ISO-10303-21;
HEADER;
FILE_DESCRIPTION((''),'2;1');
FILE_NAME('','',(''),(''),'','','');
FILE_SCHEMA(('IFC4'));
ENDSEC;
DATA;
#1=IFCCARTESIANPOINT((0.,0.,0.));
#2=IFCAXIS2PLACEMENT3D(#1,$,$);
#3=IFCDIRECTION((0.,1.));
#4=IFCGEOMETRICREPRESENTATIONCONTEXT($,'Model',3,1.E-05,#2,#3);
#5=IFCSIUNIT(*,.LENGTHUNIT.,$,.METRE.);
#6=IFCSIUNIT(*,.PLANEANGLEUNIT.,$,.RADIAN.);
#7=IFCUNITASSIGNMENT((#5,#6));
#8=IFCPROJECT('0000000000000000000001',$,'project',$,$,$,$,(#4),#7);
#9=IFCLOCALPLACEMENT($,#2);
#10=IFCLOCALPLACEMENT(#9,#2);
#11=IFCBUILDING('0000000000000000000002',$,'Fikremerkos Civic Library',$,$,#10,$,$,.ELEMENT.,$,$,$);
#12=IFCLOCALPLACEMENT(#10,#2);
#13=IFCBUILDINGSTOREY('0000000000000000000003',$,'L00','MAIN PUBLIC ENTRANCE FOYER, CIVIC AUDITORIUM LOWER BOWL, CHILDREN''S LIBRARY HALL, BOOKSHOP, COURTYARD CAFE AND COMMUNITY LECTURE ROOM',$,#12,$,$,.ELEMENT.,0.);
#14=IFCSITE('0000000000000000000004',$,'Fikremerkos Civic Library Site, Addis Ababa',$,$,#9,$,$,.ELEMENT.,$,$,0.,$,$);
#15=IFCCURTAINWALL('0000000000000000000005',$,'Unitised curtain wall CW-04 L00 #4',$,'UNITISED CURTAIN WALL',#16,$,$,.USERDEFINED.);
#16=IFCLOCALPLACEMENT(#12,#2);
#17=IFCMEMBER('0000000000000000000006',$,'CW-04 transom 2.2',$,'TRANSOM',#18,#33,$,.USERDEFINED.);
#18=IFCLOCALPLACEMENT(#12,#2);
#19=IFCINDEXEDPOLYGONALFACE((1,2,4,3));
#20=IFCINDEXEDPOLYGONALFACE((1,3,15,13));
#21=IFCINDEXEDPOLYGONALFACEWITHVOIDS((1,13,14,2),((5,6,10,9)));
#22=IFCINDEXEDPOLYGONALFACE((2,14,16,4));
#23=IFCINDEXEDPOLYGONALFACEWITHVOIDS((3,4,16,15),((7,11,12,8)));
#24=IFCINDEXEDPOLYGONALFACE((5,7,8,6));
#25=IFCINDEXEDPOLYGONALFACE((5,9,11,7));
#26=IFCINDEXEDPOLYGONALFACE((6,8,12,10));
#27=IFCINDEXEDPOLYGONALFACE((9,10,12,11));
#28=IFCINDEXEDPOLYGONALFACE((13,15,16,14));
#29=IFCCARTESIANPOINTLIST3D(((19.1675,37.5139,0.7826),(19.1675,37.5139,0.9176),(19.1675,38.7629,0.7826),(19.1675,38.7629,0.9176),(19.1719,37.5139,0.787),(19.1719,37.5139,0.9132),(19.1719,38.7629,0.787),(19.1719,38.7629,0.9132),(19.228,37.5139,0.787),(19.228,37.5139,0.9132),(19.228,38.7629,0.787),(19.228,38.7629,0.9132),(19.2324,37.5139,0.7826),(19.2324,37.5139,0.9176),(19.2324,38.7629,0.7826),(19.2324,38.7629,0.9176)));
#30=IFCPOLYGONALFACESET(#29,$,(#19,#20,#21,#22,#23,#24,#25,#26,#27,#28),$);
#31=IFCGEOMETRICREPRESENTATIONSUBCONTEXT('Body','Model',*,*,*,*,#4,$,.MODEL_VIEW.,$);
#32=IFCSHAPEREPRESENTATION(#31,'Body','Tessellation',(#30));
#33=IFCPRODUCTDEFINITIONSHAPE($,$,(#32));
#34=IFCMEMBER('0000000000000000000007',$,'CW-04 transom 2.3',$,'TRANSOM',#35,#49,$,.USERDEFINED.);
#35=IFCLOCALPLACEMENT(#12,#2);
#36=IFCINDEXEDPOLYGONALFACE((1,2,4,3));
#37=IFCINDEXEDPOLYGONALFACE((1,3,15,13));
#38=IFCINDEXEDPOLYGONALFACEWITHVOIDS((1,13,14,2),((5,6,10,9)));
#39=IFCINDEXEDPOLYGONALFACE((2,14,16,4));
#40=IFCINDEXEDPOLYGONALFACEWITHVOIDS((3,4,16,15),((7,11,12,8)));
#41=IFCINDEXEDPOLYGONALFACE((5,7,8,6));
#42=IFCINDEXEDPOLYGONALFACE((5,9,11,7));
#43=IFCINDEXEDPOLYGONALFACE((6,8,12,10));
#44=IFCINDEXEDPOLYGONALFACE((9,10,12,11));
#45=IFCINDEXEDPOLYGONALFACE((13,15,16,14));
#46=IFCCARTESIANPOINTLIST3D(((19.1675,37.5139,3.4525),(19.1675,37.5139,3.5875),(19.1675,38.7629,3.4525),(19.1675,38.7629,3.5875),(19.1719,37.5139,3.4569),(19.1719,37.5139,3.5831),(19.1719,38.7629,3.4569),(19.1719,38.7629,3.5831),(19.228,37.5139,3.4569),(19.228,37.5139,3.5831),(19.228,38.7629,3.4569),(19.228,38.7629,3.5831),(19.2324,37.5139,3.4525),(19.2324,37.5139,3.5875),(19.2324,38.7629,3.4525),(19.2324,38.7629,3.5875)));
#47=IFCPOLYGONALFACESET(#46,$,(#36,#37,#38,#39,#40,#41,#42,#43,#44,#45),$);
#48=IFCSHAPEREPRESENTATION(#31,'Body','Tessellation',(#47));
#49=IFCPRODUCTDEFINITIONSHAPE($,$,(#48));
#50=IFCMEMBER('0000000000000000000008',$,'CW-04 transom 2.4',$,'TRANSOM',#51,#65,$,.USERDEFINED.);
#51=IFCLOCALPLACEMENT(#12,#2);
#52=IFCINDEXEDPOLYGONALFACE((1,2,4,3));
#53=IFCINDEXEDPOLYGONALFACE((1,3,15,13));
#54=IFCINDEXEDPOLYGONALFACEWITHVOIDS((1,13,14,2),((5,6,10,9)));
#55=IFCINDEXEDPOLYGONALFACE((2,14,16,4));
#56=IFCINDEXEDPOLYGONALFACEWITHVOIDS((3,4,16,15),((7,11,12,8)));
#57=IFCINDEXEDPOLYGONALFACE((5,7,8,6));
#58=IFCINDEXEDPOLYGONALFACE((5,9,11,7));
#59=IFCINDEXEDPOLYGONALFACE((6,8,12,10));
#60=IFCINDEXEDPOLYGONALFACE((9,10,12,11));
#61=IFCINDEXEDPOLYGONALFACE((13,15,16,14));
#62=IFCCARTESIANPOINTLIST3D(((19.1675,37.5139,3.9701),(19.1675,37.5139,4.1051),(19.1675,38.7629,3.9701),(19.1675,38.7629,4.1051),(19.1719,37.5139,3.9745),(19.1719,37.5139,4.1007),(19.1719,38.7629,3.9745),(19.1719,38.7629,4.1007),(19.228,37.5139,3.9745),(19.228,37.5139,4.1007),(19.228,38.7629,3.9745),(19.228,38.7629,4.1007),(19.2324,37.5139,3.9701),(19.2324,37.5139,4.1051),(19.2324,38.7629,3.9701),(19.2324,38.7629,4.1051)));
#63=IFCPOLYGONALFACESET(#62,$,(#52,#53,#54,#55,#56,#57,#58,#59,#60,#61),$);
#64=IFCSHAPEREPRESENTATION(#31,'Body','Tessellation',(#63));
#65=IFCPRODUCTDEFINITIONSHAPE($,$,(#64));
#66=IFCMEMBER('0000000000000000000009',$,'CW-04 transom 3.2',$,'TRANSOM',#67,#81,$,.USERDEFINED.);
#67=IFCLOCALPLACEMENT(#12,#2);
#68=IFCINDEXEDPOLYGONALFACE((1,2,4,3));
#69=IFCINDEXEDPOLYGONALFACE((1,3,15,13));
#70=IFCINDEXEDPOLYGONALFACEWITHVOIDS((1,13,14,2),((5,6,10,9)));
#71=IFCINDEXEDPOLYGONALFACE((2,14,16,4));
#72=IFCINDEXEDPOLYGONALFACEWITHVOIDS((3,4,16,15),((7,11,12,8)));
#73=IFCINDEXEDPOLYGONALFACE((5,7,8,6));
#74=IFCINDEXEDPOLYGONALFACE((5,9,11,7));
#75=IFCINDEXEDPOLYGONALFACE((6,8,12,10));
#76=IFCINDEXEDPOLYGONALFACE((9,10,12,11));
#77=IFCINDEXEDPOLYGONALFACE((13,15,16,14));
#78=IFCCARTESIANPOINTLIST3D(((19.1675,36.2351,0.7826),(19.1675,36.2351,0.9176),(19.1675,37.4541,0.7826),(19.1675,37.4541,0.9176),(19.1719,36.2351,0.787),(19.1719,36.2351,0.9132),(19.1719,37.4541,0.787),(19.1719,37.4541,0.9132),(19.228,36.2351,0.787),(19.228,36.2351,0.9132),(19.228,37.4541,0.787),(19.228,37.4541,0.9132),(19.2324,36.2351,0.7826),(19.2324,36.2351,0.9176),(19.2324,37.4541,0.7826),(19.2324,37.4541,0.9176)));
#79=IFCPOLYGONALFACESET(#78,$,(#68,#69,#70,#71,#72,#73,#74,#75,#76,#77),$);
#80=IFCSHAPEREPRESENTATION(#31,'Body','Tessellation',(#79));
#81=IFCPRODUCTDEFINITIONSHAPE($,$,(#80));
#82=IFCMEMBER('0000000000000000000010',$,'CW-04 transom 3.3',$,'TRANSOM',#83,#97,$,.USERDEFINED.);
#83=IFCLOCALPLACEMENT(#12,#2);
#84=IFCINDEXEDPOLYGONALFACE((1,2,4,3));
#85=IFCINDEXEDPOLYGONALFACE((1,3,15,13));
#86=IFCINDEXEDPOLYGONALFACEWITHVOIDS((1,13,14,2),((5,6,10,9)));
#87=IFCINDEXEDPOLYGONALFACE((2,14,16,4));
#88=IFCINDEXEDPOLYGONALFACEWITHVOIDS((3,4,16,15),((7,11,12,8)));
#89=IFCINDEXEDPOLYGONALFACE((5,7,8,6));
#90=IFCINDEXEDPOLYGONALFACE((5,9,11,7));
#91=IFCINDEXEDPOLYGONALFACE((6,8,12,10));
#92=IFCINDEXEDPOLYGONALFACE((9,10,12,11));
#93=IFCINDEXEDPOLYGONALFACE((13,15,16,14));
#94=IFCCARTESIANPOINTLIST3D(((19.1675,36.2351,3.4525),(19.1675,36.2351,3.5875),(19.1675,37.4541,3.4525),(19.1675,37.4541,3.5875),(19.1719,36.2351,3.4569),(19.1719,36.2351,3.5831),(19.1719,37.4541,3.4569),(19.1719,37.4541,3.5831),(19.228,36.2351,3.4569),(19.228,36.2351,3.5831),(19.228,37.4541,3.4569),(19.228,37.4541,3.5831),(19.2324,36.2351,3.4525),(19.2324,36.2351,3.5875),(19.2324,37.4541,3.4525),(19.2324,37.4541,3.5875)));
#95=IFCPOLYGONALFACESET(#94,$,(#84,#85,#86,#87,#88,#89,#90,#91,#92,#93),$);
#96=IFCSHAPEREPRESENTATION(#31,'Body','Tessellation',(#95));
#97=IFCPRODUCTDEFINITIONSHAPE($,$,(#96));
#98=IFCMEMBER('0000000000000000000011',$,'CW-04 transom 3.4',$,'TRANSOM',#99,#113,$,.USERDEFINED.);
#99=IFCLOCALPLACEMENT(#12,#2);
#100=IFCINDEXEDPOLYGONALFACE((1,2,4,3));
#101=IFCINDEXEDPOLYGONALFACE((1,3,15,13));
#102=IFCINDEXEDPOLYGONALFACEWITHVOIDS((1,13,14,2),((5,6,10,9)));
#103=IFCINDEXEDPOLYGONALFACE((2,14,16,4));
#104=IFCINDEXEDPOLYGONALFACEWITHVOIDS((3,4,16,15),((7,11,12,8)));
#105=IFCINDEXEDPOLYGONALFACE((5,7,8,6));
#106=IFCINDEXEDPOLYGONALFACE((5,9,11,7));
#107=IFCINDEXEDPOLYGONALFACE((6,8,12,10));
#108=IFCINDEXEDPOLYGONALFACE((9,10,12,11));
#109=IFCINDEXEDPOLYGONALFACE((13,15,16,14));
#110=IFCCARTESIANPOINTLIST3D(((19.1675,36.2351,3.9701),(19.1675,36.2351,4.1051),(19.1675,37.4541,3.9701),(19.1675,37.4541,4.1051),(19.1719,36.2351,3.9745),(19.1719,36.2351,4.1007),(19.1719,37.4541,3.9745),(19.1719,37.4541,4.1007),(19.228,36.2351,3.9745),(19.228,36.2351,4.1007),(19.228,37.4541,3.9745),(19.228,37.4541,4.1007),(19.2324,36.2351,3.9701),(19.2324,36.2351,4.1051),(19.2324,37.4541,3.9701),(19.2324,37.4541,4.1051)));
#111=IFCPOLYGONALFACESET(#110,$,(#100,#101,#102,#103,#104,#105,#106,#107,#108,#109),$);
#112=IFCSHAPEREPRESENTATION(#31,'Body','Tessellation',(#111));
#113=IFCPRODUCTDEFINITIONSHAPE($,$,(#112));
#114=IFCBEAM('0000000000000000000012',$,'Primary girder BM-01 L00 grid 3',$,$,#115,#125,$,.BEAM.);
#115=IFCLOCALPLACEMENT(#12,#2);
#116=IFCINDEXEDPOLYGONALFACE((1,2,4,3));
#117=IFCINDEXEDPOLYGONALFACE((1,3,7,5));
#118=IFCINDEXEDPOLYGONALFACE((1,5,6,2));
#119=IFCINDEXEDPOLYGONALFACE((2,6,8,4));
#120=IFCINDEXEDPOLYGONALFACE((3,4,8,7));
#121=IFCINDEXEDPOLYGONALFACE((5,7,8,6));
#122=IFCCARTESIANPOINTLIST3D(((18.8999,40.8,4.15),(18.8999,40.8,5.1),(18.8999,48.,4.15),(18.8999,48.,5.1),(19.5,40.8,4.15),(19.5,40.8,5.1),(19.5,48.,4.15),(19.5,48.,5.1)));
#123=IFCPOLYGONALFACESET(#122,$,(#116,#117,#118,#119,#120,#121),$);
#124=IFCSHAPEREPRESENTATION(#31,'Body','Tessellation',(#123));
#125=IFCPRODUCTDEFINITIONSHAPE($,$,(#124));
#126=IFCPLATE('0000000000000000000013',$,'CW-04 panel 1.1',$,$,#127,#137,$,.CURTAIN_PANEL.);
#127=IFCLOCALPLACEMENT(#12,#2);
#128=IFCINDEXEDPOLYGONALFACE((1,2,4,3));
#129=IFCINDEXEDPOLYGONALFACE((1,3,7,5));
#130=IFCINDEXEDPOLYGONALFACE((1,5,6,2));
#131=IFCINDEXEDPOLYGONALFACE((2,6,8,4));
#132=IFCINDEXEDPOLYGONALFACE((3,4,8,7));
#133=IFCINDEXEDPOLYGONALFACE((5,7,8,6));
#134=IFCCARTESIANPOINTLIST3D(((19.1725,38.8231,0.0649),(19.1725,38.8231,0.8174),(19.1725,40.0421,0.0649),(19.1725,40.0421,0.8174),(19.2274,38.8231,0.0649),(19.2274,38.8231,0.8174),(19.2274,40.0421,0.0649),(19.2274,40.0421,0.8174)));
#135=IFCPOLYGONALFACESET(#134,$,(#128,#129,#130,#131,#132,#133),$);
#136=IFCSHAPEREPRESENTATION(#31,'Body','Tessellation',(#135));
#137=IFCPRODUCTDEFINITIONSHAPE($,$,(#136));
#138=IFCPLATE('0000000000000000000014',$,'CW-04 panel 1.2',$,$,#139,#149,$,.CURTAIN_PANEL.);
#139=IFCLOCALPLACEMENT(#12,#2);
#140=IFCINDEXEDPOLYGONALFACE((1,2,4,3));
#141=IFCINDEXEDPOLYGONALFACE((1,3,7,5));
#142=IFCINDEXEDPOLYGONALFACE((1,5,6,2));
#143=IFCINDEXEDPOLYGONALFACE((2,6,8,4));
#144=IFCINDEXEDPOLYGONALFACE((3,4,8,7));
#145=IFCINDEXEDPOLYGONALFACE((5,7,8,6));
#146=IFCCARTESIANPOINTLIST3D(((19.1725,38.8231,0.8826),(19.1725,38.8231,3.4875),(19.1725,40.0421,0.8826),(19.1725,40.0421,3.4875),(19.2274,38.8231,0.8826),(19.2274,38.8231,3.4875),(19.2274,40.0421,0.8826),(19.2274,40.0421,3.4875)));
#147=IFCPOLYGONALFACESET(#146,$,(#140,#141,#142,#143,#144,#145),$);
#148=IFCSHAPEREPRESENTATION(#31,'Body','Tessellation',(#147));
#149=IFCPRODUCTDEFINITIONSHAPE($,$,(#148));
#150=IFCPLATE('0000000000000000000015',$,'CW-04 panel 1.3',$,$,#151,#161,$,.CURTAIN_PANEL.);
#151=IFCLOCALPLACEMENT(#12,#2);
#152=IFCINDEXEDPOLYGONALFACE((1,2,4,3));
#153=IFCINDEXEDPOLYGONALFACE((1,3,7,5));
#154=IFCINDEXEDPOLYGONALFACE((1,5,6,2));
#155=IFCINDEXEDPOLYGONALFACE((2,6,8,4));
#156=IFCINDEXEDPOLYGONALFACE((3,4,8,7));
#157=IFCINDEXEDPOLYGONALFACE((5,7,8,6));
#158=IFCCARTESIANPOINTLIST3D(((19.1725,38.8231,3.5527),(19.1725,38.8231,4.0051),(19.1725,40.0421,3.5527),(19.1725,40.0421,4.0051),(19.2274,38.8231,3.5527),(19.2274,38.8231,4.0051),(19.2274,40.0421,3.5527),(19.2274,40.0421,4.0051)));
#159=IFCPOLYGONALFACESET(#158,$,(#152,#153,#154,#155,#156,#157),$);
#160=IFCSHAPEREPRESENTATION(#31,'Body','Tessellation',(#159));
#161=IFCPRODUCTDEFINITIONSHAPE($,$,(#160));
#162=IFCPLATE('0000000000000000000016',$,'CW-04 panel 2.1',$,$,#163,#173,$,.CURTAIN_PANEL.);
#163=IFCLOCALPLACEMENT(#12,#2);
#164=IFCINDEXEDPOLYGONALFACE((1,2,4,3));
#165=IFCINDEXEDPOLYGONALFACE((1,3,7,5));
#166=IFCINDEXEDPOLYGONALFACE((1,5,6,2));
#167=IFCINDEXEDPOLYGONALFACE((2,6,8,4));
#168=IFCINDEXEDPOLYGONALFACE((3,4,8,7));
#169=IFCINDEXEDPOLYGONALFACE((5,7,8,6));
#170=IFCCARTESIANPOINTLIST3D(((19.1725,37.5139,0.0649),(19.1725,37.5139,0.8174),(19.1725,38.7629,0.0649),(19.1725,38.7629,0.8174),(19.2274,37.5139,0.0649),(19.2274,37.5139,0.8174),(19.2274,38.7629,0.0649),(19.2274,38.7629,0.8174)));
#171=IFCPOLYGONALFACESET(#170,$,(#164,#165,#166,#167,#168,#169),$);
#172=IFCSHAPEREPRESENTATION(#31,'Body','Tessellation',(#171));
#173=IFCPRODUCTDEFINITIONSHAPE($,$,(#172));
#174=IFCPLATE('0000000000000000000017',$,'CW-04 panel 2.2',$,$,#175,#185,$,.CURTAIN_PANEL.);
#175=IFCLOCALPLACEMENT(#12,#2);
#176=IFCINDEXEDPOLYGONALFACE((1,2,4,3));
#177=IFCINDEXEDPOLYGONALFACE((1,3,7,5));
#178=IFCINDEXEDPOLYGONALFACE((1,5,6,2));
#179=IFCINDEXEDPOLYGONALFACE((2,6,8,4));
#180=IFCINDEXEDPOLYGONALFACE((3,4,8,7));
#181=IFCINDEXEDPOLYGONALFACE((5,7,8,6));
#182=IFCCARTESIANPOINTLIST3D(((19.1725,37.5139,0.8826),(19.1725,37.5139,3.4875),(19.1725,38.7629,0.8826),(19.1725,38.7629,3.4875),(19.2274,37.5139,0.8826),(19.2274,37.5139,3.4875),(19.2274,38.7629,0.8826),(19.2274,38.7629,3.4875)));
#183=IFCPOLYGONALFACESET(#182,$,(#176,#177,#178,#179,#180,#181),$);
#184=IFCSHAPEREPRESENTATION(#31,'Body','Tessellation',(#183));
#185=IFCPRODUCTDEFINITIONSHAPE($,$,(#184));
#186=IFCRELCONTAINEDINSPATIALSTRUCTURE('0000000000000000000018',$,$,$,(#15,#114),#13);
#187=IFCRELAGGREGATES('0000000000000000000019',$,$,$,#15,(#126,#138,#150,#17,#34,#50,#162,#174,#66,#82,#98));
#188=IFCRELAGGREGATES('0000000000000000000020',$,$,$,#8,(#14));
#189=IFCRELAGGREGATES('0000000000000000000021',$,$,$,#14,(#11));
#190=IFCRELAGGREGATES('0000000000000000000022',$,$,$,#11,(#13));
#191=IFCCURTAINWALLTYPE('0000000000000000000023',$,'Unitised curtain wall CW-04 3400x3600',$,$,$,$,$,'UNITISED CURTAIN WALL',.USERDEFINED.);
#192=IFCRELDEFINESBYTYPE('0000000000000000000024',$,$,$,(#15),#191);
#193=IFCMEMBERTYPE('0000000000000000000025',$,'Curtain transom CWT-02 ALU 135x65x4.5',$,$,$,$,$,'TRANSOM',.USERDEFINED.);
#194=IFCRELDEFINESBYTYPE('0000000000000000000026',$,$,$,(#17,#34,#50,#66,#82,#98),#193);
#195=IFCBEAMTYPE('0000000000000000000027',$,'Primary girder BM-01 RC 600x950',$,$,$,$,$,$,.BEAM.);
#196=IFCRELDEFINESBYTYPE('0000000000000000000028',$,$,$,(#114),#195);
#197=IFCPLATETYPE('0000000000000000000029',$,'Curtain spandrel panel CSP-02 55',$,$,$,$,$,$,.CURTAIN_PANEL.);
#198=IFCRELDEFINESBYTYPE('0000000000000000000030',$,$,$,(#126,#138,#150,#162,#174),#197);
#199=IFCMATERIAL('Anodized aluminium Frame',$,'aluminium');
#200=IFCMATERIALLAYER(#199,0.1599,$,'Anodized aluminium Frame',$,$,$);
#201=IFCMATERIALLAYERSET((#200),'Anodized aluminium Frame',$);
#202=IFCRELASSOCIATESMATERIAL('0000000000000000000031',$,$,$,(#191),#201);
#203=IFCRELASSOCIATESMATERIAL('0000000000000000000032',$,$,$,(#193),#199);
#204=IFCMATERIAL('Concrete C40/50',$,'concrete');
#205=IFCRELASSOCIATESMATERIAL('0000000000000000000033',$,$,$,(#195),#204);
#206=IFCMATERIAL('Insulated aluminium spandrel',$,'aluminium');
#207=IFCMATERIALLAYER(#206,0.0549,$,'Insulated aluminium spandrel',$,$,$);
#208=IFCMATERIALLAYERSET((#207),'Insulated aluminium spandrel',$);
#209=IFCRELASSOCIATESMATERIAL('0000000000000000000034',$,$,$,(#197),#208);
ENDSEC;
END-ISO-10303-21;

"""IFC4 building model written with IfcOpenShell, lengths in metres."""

from ifc_helpers import new_model, si_unit, direction, frame, origin, origin_2d, place, context, subcontext, project, spatial, rectangle, hollow_rectangle, extrude, material, layer, layer_set, material_profile, profile_set, type_object, element, aggregate, save


model = new_model("IFC4")

# Units and contexts
model_context = context("Model", 3, precision=1e-05, world=origin(), true_north=direction((0.0, 1.0)))
body_context = subcontext(model_context, "Body", "Model", "MODEL_VIEW")
ifc_project = project(units=[si_unit("LENGTHUNIT", "METRE"), si_unit("PLANEANGLEUNIT", "RADIAN")], contexts=[model_context])

# Site, building, storey
site_placement = place(None, origin())
site = spatial("IfcSite", under=ifc_project, at=site_placement, Name="Fikremerkos Civic Library Site, Addis Ababa", CompositionType="ELEMENT", RefElevation=0.0)
building_placement = place(site_placement, origin())
building = spatial("IfcBuilding", under=site, at=building_placement, Name="Fikremerkos Civic Library", CompositionType="ELEMENT")
storey_placement = place(building_placement, origin())
storey = spatial("IfcBuildingStorey", under=building, at=storey_placement, Name="L00", Description="MAIN PUBLIC ENTRANCE FOYER, CIVIC AUDITORIUM LOWER BOWL, CHILDREN'S LIBRARY HALL, BOOKSHOP, COURTYARD CAFE AND COMMUNITY LECTURE ROOM", CompositionType="ELEMENT", Elevation=0.0)

# Shared definitions
ifc_material_1 = material(Name="Concrete C40/50", Category="concrete")

# Curtain wall, members
ifc_material_2 = material(Name="Anodized aluminium Frame", Category="aluminium")
ifc_layer_1 = layer(ifc_material_2, 0.1599, Name="Anodized aluminium Frame")
ifc_layer_set_1 = layer_set([ifc_layer_1], Name="Anodized aluminium Frame")
curtain_wall_type = type_object("IfcCurtainWallType", Name="Unitised curtain wall CW-04 3400x3600", ElementType="UNITISED CURTAIN WALL", PredefinedType="USERDEFINED", material=ifc_layer_set_1)
curtain_wall_placement = place(storey_placement, origin())
curtain_wall = element("IfcCurtainWall", 1, at=curtain_wall_placement, inside=storey, type_object=curtain_wall_type, Name="Unitised curtain wall CW-04 L00 #4", ObjectType="UNITISED CURTAIN WALL", PredefinedType="USERDEFINED")
ifc_material_profile_1 = material_profile(ifc_material_2, hollow_rectangle(XDim=0.0649, YDim=0.135, WallThickness=0.0044, at=origin_2d()), Name="ALU 135x65x4.5")
ifc_profile_set_1 = profile_set([ifc_material_profile_1], Name="Anodized aluminium Frame")
member_type_1 = type_object("IfcMemberType", Name="Curtain transom CWT-02 ALU 135x65x4.5", ElementType="TRANSOM", PredefinedType="USERDEFINED", material=ifc_profile_set_1)
member_1_placement = place(storey_placement, frame((19.2, 38.7629, 0.8501), z_axis=(0.0, -1.0, 0.0), x_axis=(1.0, 0.0, 0.0)))
member_1 = element("IfcMember", 2, at=member_1_placement, type_object=member_type_1, Name="CW-04 transom 2.2", ObjectType="TRANSOM", PredefinedType="USERDEFINED", context=body_context, shape_type="SweptSolid", body=[
    extrude(hollow_rectangle(XDim=0.0649, YDim=0.135, WallThickness=0.0044, at=origin_2d()), origin(), (0.0, 0.0, 1.0), 1.249),
])
member_2_placement = place(storey_placement, frame((19.2, 38.7629, 3.52), z_axis=(0.0, -1.0, 0.0), x_axis=(1.0, 0.0, 0.0)))
member_2 = element("IfcMember", 3, at=member_2_placement, type_object=member_type_1, Name="CW-04 transom 2.3", ObjectType="TRANSOM", PredefinedType="USERDEFINED", context=body_context, shape_type="SweptSolid", body=[
    extrude(hollow_rectangle(XDim=0.0649, YDim=0.135, WallThickness=0.0044, at=origin_2d()), origin(), (0.0, 0.0, 1.0), 1.249),
])
member_3_placement = place(storey_placement, frame((19.2, 38.7629, 4.0376), z_axis=(0.0, -1.0, 0.0), x_axis=(1.0, 0.0, 0.0)))
member_3 = element("IfcMember", 4, at=member_3_placement, type_object=member_type_1, Name="CW-04 transom 2.4", ObjectType="TRANSOM", PredefinedType="USERDEFINED", context=body_context, shape_type="SweptSolid", body=[
    extrude(hollow_rectangle(XDim=0.0649, YDim=0.135, WallThickness=0.0044, at=origin_2d()), origin(), (0.0, 0.0, 1.0), 1.249),
])
member_4_placement = place(storey_placement, frame((19.2, 37.4541, 0.8501), z_axis=(0.0, -1.0, 0.0), x_axis=(1.0, 0.0, 0.0)))
member_4 = element("IfcMember", 5, at=member_4_placement, type_object=member_type_1, Name="CW-04 transom 3.2", ObjectType="TRANSOM", PredefinedType="USERDEFINED", context=body_context, shape_type="SweptSolid", body=[
    extrude(hollow_rectangle(XDim=0.0649, YDim=0.135, WallThickness=0.0044, at=origin_2d()), origin(), (0.0, 0.0, 1.0), 1.219),
])
member_5_placement = place(storey_placement, frame((19.2, 37.4541, 3.52), z_axis=(0.0, -1.0, 0.0), x_axis=(1.0, 0.0, 0.0)))
member_5 = element("IfcMember", 6, at=member_5_placement, type_object=member_type_1, Name="CW-04 transom 3.3", ObjectType="TRANSOM", PredefinedType="USERDEFINED", context=body_context, shape_type="SweptSolid", body=[
    extrude(hollow_rectangle(XDim=0.0649, YDim=0.135, WallThickness=0.0044, at=origin_2d()), origin(), (0.0, 0.0, 1.0), 1.219),
])
member_6_placement = place(storey_placement, frame((19.2, 37.4541, 4.0376), z_axis=(0.0, -1.0, 0.0), x_axis=(1.0, 0.0, 0.0)))
member_6 = element("IfcMember", 7, at=member_6_placement, type_object=member_type_1, Name="CW-04 transom 3.4", ObjectType="TRANSOM", PredefinedType="USERDEFINED", context=body_context, shape_type="SweptSolid", body=[
    extrude(hollow_rectangle(XDim=0.0649, YDim=0.135, WallThickness=0.0044, at=origin_2d()), origin(), (0.0, 0.0, 1.0), 1.219),
])

# Beam
ifc_material_profile_2 = material_profile(ifc_material_1, rectangle(XDim=0.6001, YDim=0.95, at=origin_2d()), Name="RC 600x950")
ifc_profile_set_2 = profile_set([ifc_material_profile_2], Name="Concrete C40/50")
beam_type = type_object("IfcBeamType", Name="Primary girder BM-01 RC 600x950", PredefinedType="BEAM", material=ifc_profile_set_2)
beam_placement = place(storey_placement, frame((19.2, 40.8, 4.625), z_axis=(0.0, 1.0, 0.0), x_axis=(-1.0, 0.0, 0.0)))
element("IfcBeam", 8, at=beam_placement, inside=storey, type_object=beam_type, Name="Primary girder BM-01 L00 grid 3", PredefinedType="BEAM", context=body_context, shape_type="SweptSolid", body=[
    extrude(rectangle(XDim=0.6001, YDim=0.95, at=origin_2d()), origin(), (0.0, 0.0, 1.0), 7.2),
])

# Plates
ifc_material_3 = material(Name="Insulated aluminium spandrel", Category="aluminium")
ifc_layer_2 = layer(ifc_material_3, 0.0549, Name="Insulated aluminium spandrel")
ifc_layer_set_2 = layer_set([ifc_layer_2], Name="Insulated aluminium spandrel")
plate_type = type_object("IfcPlateType", Name="Curtain spandrel panel CSP-02 55", PredefinedType="CURTAIN_PANEL", material=ifc_layer_set_2)
plate_1_placement = place(storey_placement, frame((19.2, 39.4326, 0.0649), z_axis=(0.0, 0.0, 1.0), x_axis=(0.0, -1.0, 0.0)))
plate_1 = element("IfcPlate", 9, at=plate_1_placement, type_object=plate_type, Name="CW-04 panel 1.1", PredefinedType="CURTAIN_PANEL", context=body_context, shape_type="SweptSolid", body=[
    extrude(rectangle(XDim=1.219, YDim=0.0549, at=origin_2d()), origin(), (0.0, 0.0, 1.0), 0.7524),
])
plate_2_placement = place(storey_placement, frame((19.2, 39.4326, 0.8826), z_axis=(0.0, 0.0, 1.0), x_axis=(0.0, -1.0, 0.0)))
plate_2 = element("IfcPlate", 10, at=plate_2_placement, type_object=plate_type, Name="CW-04 panel 1.2", PredefinedType="CURTAIN_PANEL", context=body_context, shape_type="SweptSolid", body=[
    extrude(rectangle(XDim=1.219, YDim=0.0549, at=origin_2d()), origin(), (0.0, 0.0, 1.0), 2.605),
])
plate_3_placement = place(storey_placement, frame((19.2, 39.4326, 3.5527), z_axis=(0.0, 0.0, 1.0), x_axis=(0.0, -1.0, 0.0)))
plate_3 = element("IfcPlate", 11, at=plate_3_placement, type_object=plate_type, Name="CW-04 panel 1.3", PredefinedType="CURTAIN_PANEL", context=body_context, shape_type="SweptSolid", body=[
    extrude(rectangle(XDim=1.219, YDim=0.0549, at=origin_2d()), origin(), (0.0, 0.0, 1.0), 0.4524),
])
plate_4_placement = place(storey_placement, frame((19.2, 38.1384, 0.0649), z_axis=(0.0, 0.0, 1.0), x_axis=(0.0, -1.0, 0.0)))
plate_4 = element("IfcPlate", 12, at=plate_4_placement, type_object=plate_type, Name="CW-04 panel 2.1", PredefinedType="CURTAIN_PANEL", context=body_context, shape_type="SweptSolid", body=[
    extrude(rectangle(XDim=1.249, YDim=0.0549, at=origin_2d()), origin(), (0.0, 0.0, 1.0), 0.7524),
])
plate_5_placement = place(storey_placement, frame((19.2, 38.1384, 0.8826), z_axis=(0.0, 0.0, 1.0), x_axis=(0.0, -1.0, 0.0)))
plate_5 = element("IfcPlate", 13, at=plate_5_placement, type_object=plate_type, Name="CW-04 panel 2.2", PredefinedType="CURTAIN_PANEL", context=body_context, shape_type="SweptSolid", body=[
    extrude(rectangle(XDim=1.249, YDim=0.0549, at=origin_2d()), origin(), (0.0, 0.0, 1.0), 2.605),
])
aggregate(curtain_wall, [plate_1, plate_2, plate_3, member_1, member_2, member_3, plate_4, plate_5, member_4, member_5, member_6])

save(model, "model.ifc")
